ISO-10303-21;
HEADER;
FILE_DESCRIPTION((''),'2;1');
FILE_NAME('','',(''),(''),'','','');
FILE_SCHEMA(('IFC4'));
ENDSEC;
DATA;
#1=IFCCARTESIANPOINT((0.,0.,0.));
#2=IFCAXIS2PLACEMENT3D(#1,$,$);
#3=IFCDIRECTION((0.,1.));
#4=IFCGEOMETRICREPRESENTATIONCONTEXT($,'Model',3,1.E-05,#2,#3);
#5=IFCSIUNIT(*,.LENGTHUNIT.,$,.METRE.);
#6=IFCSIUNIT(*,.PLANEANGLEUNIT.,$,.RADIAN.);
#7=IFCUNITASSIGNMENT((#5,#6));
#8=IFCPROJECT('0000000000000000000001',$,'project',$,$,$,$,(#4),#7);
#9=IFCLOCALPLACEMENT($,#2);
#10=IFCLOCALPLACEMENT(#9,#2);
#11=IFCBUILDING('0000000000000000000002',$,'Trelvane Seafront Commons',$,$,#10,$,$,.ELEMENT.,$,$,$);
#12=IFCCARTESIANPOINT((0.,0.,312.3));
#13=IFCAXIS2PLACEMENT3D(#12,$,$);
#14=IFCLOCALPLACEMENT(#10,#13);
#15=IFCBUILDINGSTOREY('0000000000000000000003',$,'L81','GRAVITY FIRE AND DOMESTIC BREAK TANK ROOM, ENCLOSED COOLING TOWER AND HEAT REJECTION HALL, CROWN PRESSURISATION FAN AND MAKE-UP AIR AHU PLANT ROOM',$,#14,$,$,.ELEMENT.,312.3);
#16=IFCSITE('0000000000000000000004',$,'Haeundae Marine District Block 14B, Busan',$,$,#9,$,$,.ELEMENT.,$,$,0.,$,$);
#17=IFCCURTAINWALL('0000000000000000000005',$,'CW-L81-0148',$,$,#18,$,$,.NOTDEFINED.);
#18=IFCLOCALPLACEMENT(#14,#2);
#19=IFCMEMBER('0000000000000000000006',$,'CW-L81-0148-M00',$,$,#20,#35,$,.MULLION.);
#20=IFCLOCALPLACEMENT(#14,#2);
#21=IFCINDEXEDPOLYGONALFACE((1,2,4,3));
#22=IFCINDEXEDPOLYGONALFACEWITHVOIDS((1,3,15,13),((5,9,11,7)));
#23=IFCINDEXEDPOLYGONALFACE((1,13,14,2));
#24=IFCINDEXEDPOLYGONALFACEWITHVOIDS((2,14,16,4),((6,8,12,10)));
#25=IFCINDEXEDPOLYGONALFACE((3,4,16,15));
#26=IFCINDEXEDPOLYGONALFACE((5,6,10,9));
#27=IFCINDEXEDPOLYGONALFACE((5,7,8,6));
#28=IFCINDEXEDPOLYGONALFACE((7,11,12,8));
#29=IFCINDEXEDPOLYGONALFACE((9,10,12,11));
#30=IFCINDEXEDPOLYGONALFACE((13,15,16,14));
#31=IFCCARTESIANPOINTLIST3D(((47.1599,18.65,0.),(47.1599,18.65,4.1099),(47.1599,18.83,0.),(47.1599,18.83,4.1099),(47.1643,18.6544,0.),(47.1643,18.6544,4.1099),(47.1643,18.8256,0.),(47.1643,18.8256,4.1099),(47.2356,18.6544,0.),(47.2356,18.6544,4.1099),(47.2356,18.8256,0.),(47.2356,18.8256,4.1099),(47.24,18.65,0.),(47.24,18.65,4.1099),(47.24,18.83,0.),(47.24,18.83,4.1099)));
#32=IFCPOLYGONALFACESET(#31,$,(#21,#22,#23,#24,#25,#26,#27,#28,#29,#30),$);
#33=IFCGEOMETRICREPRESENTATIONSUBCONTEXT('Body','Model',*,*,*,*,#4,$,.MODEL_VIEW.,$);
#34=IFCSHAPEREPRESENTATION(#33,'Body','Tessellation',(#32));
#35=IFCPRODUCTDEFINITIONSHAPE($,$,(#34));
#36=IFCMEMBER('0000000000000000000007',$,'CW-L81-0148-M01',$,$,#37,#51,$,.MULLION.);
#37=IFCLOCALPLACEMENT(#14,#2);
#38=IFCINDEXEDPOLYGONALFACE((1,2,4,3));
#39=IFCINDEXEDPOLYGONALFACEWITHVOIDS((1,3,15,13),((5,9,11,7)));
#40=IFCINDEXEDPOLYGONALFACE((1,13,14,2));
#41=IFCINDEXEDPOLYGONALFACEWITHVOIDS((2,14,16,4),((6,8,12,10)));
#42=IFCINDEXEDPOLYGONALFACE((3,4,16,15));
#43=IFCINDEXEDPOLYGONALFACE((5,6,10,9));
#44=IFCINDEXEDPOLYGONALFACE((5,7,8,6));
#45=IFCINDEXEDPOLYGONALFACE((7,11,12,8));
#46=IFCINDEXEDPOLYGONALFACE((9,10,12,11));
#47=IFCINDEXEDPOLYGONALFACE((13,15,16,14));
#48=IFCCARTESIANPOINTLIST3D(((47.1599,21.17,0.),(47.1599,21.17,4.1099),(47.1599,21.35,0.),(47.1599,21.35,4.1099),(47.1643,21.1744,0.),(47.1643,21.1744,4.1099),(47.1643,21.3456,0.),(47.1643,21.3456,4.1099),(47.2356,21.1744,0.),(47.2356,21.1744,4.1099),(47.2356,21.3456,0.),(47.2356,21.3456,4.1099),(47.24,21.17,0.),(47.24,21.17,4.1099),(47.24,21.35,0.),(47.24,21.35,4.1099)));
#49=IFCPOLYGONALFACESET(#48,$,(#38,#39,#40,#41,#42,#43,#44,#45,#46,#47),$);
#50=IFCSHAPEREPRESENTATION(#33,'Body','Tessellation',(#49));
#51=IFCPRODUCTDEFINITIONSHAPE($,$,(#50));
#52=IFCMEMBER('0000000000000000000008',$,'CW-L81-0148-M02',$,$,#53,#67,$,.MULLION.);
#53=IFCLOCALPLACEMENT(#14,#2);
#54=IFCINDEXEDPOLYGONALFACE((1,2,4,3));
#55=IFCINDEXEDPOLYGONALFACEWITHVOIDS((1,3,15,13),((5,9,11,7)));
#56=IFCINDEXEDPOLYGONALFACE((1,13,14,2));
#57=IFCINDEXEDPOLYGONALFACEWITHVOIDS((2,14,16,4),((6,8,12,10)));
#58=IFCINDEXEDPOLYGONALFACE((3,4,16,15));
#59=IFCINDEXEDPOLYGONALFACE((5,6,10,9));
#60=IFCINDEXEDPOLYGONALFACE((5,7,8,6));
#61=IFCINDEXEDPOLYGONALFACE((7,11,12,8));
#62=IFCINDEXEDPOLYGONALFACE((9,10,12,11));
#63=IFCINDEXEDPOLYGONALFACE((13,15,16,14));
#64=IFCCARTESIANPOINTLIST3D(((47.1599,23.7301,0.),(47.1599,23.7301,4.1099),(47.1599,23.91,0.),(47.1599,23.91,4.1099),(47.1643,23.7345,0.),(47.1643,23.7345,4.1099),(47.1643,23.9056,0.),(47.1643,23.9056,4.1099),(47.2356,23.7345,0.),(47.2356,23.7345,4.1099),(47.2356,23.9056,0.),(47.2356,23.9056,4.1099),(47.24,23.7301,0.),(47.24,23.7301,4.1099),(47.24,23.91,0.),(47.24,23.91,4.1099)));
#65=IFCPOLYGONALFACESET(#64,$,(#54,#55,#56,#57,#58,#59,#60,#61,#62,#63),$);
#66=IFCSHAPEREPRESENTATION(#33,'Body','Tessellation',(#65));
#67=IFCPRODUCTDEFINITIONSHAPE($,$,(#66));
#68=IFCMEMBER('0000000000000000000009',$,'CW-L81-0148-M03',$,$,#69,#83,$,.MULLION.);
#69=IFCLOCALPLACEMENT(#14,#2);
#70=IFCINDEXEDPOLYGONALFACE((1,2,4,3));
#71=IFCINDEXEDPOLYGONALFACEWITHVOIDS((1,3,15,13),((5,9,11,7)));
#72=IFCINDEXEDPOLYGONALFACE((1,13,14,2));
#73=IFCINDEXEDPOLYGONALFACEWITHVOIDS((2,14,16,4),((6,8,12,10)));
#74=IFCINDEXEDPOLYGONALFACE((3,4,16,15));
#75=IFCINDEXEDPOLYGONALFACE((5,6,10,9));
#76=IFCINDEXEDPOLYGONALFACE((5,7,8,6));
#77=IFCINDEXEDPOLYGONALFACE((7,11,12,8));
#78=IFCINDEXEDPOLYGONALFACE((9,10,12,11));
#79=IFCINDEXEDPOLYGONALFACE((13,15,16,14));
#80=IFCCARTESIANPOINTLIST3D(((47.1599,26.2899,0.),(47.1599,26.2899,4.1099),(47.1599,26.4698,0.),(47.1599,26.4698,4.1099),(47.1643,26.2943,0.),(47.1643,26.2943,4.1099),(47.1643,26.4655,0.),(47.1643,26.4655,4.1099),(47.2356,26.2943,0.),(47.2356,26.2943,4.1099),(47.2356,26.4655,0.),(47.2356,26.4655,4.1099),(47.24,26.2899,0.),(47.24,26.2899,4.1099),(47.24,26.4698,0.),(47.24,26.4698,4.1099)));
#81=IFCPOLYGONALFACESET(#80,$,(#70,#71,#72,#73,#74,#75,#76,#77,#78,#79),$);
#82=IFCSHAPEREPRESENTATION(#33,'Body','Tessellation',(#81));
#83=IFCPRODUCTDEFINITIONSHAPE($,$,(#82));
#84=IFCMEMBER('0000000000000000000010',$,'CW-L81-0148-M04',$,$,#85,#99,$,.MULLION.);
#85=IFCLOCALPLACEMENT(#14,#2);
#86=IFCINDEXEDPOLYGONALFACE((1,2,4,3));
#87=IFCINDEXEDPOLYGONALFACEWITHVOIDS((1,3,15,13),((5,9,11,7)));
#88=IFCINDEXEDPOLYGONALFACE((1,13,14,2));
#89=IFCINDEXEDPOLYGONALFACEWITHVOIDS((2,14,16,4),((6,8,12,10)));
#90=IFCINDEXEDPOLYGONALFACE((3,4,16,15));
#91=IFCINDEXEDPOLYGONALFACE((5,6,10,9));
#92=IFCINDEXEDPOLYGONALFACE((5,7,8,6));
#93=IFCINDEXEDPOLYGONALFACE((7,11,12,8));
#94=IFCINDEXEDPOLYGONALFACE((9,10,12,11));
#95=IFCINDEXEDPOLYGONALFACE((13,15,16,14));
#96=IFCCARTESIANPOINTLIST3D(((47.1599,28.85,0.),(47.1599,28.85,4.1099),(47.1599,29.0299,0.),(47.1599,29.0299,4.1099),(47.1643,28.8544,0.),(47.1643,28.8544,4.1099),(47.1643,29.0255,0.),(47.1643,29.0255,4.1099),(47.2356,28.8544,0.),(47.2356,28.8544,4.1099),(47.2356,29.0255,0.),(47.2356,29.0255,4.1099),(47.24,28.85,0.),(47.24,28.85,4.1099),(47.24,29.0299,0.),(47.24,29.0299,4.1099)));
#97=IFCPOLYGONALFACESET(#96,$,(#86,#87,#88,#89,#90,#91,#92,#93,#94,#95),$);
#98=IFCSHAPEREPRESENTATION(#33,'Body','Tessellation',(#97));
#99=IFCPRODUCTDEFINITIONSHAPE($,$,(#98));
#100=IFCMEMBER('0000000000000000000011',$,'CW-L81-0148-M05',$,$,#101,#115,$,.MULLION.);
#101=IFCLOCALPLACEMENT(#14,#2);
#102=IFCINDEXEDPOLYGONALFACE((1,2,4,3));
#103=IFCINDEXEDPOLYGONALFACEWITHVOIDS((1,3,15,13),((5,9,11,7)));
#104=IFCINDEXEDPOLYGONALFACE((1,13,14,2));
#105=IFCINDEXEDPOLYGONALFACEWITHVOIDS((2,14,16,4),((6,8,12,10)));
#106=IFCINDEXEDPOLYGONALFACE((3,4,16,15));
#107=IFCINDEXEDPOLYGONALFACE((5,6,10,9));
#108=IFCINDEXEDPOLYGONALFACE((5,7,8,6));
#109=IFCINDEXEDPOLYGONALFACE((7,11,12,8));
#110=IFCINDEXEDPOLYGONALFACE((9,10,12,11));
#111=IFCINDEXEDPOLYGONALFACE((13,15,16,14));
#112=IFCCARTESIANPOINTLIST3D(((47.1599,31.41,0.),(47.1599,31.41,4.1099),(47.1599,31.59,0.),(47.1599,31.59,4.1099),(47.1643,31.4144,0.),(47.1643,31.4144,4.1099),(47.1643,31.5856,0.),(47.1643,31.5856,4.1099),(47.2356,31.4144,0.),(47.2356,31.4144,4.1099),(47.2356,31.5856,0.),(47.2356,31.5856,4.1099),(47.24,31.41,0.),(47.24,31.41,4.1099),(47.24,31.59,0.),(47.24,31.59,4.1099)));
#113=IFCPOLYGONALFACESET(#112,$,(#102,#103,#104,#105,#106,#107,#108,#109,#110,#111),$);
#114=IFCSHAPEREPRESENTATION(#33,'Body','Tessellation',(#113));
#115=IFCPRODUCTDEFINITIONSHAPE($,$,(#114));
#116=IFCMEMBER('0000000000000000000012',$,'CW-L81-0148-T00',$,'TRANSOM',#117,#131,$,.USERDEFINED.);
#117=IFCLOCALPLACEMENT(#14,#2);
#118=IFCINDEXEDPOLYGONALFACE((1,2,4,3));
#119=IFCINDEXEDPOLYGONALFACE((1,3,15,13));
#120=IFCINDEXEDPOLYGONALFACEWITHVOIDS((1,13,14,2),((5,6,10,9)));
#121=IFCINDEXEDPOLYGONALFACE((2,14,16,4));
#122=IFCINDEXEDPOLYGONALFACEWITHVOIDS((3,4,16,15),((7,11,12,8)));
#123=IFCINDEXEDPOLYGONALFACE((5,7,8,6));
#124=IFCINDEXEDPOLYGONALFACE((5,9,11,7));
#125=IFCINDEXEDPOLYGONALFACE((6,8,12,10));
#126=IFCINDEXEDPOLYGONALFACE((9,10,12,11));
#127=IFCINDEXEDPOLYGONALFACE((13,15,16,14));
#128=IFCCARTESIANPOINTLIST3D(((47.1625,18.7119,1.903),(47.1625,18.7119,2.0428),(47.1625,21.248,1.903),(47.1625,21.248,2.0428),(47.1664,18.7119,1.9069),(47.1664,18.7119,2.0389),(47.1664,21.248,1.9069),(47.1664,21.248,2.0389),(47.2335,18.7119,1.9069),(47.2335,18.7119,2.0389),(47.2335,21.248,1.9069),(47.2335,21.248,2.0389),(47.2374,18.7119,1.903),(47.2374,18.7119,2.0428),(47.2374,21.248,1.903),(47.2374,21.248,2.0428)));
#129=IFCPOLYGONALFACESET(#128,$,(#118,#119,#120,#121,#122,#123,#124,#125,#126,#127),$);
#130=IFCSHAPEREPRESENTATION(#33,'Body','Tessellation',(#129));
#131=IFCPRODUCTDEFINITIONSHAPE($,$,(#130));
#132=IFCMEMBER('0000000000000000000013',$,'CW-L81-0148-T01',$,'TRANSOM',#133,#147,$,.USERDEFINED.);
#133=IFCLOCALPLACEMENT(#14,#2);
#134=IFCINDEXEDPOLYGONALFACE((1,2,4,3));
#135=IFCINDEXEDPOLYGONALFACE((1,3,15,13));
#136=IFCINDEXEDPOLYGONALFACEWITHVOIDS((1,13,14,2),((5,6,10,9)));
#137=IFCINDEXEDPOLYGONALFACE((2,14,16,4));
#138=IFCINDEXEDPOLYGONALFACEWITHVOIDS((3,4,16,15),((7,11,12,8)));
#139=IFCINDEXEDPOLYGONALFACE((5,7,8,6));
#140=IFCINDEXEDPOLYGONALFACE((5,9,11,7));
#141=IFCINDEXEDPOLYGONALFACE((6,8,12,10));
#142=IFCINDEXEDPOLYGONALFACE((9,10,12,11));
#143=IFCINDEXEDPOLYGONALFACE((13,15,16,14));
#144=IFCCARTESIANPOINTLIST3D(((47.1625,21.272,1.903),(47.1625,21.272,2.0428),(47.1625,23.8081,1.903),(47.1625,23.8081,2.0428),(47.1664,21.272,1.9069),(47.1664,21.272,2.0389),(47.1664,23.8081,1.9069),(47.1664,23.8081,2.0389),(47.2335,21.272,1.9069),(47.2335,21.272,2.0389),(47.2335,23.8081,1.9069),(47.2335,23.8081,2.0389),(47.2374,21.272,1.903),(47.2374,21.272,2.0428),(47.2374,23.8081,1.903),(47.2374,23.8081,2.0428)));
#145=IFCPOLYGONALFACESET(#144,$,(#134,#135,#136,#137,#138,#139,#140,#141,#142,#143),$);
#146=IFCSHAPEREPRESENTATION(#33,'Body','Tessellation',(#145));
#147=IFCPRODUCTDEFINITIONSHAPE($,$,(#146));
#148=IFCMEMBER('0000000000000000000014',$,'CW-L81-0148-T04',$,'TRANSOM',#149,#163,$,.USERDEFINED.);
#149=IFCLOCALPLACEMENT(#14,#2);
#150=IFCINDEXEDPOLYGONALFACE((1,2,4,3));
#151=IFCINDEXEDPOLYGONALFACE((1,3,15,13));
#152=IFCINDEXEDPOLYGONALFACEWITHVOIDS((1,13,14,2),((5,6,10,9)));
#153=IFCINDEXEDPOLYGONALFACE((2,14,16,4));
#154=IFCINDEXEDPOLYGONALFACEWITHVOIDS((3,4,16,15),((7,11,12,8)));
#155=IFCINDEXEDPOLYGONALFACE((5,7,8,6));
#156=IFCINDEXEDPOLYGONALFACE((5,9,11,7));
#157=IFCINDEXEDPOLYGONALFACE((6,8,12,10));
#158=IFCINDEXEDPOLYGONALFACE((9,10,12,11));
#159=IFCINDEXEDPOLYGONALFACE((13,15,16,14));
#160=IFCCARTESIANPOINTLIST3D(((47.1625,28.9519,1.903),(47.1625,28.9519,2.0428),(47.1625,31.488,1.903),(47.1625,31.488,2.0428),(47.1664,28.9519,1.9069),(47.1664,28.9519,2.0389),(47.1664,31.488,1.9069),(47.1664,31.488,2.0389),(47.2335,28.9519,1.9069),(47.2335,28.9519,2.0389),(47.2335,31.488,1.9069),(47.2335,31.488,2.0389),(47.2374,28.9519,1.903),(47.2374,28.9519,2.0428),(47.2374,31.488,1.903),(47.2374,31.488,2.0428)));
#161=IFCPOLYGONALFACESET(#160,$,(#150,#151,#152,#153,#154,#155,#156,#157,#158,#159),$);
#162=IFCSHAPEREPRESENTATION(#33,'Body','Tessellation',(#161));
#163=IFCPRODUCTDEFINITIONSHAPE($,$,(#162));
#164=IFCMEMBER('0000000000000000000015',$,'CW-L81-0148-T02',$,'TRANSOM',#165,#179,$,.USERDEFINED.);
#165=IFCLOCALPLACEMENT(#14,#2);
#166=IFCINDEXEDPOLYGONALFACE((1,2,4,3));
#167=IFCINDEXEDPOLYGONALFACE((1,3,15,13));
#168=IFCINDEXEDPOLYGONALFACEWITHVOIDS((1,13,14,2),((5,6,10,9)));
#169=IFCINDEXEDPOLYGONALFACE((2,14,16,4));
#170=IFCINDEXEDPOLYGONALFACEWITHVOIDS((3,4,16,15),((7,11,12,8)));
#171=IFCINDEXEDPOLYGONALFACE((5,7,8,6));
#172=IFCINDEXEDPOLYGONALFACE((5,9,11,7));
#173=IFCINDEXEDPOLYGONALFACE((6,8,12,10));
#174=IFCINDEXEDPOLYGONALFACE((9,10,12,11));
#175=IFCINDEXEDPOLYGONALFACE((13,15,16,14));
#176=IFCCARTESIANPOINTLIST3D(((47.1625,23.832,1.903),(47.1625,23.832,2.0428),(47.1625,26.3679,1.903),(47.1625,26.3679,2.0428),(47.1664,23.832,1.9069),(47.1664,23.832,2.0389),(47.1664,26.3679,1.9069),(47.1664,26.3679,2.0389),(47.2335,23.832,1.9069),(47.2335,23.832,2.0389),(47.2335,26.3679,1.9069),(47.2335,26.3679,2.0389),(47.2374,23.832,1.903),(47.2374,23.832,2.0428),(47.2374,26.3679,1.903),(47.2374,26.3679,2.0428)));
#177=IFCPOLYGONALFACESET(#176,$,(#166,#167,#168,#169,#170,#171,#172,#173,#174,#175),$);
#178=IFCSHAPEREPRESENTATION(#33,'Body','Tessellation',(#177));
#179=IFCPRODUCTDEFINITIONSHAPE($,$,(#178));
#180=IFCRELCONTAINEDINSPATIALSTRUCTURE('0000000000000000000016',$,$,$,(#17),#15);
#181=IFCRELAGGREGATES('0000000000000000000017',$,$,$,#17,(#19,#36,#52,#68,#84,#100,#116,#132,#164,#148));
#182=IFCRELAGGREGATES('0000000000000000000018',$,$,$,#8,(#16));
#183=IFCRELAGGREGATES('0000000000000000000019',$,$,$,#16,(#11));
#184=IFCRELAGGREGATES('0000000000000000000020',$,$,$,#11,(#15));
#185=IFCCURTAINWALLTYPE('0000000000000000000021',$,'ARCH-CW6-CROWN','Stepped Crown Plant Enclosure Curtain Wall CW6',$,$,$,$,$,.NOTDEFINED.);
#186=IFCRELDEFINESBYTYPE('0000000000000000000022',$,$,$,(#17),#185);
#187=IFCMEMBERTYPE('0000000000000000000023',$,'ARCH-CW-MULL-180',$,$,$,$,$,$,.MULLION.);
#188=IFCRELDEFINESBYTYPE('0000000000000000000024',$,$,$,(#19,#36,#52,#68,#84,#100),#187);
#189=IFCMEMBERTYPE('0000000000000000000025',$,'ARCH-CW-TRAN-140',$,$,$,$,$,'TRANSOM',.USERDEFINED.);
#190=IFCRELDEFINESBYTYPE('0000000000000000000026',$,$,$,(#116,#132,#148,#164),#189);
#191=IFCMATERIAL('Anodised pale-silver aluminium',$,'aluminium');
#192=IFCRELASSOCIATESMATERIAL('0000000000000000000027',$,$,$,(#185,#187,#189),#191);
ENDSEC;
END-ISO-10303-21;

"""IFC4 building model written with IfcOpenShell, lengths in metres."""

from ifc_helpers import new_model, si_unit, direction, frame, origin, origin_2d, place, context, subcontext, project, spatial, hollow_rectangle, extrude, source, transform, mapped, material, material_profile, profile_set, type_object, element, aggregate, save


model = new_model("IFC4")

# Units and contexts
model_context = context("Model", 3, precision=1e-05, world=origin(), true_north=direction((0.0, 1.0)))
body_context = subcontext(model_context, "Body", "Model", "MODEL_VIEW")
ifc_project = project(units=[si_unit("LENGTHUNIT", "METRE"), si_unit("PLANEANGLEUNIT", "RADIAN")], contexts=[model_context])

# Site, building, storey
site_placement = place(None, origin())
site = spatial("IfcSite", under=ifc_project, at=site_placement, Name="Haeundae Marine District Block 14B, Busan", CompositionType="ELEMENT", RefElevation=0.0)
building_placement = place(site_placement, origin())
building = spatial("IfcBuilding", under=site, at=building_placement, Name="Trelvane Seafront Commons", CompositionType="ELEMENT")
storey_placement = place(building_placement, frame((0.0, 0.0, 312.3)))
storey = spatial("IfcBuildingStorey", under=building, at=storey_placement, Name="L81", Description="GRAVITY FIRE AND DOMESTIC BREAK TANK ROOM, ENCLOSED COOLING TOWER AND HEAT REJECTION HALL, CROWN PRESSURISATION FAN AND MAKE-UP AIR AHU PLANT ROOM", CompositionType="ELEMENT", Elevation=312.3)

# Curtain wall, members
ifc_material_1 = material(Name="Anodised pale-silver aluminium", Category="aluminium")
curtain_wall_type = type_object("IfcCurtainWallType", Name="ARCH-CW6-CROWN", Description="Stepped Crown Plant Enclosure Curtain Wall CW6", PredefinedType="NOTDEFINED", material=ifc_material_1)
curtain_wall_placement = place(storey_placement, origin())
curtain_wall = element("IfcCurtainWall", 1, at=curtain_wall_placement, inside=storey, type_object=curtain_wall_type, Name="CW-L81-0148", PredefinedType="NOTDEFINED")
ifc_material_profile_1 = material_profile(ifc_material_1, hollow_rectangle(XDim=0.0801, YDim=0.1799, WallThickness=0.0044, at=origin_2d()), Name="MULL-80x180x4.5")
ifc_profile_set_1 = profile_set([ifc_material_profile_1], Name="Anodised pale-silver aluminium")
member_type_1 = type_object("IfcMemberType", Name="ARCH-CW-MULL-180", PredefinedType="MULLION", material=ifc_profile_set_1)
shared_shape_1 = source(origin(), body_context, "Body", "SweptSolid", [
    extrude(hollow_rectangle(XDim=0.0801, YDim=0.1799, WallThickness=0.0044, at=origin_2d()), origin(), (0.0, 0.0, 1.0), 4.1099),
])
member_1_placement = place(storey_placement, frame((47.2, 18.74, 0.0), z_axis=(0.0, 0.0, 1.0), x_axis=(1.0, 0.0, 0.0)))
member_1 = element("IfcMember", 2, at=member_1_placement, type_object=member_type_1, Name="CW-L81-0148-M00", PredefinedType="MULLION", context=body_context, shape_type="MappedRepresentation", body=[
    mapped(shared_shape_1, transform((0.0, 0.0, 0.0), x_axis=(1.0, 0.0, 0.0), y_axis=(0.0, 1.0, 0.0), z_axis=(0.0, 0.0, 1.0), scale=1.0)),
])
member_2_placement = place(storey_placement, frame((47.2, 21.26, 0.0), z_axis=(0.0, 0.0, 1.0), x_axis=(1.0, 0.0, 0.0)))
member_2 = element("IfcMember", 3, at=member_2_placement, type_object=member_type_1, Name="CW-L81-0148-M01", PredefinedType="MULLION", context=body_context, shape_type="MappedRepresentation", body=[
    mapped(shared_shape_1, transform((0.0, 0.0, 0.0), x_axis=(1.0, 0.0, 0.0), y_axis=(0.0, 1.0, 0.0), z_axis=(0.0, 0.0, 1.0), scale=1.0)),
])
member_3_placement = place(storey_placement, frame((47.2, 23.8201, 0.0), z_axis=(0.0, 0.0, 1.0), x_axis=(1.0, 0.0, 0.0)))
member_3 = element("IfcMember", 4, at=member_3_placement, type_object=member_type_1, Name="CW-L81-0148-M02", PredefinedType="MULLION", context=body_context, shape_type="MappedRepresentation", body=[
    mapped(shared_shape_1, transform((0.0, 0.0, 0.0), x_axis=(1.0, 0.0, 0.0), y_axis=(0.0, 1.0, 0.0), z_axis=(0.0, 0.0, 1.0), scale=1.0)),
])
member_4_placement = place(storey_placement, frame((47.2, 26.3799, 0.0), z_axis=(0.0, 0.0, 1.0), x_axis=(1.0, 0.0, 0.0)))
member_4 = element("IfcMember", 5, at=member_4_placement, type_object=member_type_1, Name="CW-L81-0148-M03", PredefinedType="MULLION", context=body_context, shape_type="MappedRepresentation", body=[
    mapped(shared_shape_1, transform((0.0, 0.0, 0.0), x_axis=(1.0, 0.0, 0.0), y_axis=(0.0, 1.0, 0.0), z_axis=(0.0, 0.0, 1.0), scale=1.0)),
])
member_5_placement = place(storey_placement, frame((47.2, 28.9399, 0.0), z_axis=(0.0, 0.0, 1.0), x_axis=(1.0, 0.0, 0.0)))
member_5 = element("IfcMember", 6, at=member_5_placement, type_object=member_type_1, Name="CW-L81-0148-M04", PredefinedType="MULLION", context=body_context, shape_type="MappedRepresentation", body=[
    mapped(shared_shape_1, transform((0.0, 0.0, 0.0), x_axis=(1.0, 0.0, 0.0), y_axis=(0.0, 1.0, 0.0), z_axis=(0.0, 0.0, 1.0), scale=1.0)),
])
member_6_placement = place(storey_placement, frame((47.2, 31.5, 0.0), z_axis=(0.0, 0.0, 1.0), x_axis=(1.0, 0.0, 0.0)))
member_6 = element("IfcMember", 7, at=member_6_placement, type_object=member_type_1, Name="CW-L81-0148-M05", PredefinedType="MULLION", context=body_context, shape_type="MappedRepresentation", body=[
    mapped(shared_shape_1, transform((0.0, 0.0, 0.0), x_axis=(1.0, 0.0, 0.0), y_axis=(0.0, 1.0, 0.0), z_axis=(0.0, 0.0, 1.0), scale=1.0)),
])
ifc_material_profile_2 = material_profile(ifc_material_1, hollow_rectangle(XDim=0.075, YDim=0.1399, WallThickness=0.0039, at=origin_2d()), Name="TRAN-75x140x4")
ifc_profile_set_2 = profile_set([ifc_material_profile_2], Name="Anodised pale-silver aluminium")
member_type_2 = type_object("IfcMemberType", Name="ARCH-CW-TRAN-140", ElementType="TRANSOM", PredefinedType="USERDEFINED", material=ifc_profile_set_2)
shared_shape_2 = source(origin(), body_context, "Body", "SweptSolid", [
    extrude(hollow_rectangle(XDim=0.075, YDim=0.1399, WallThickness=0.0039, at=origin_2d()), origin(), (0.0, 0.0, 1.0), 2.5361),
])
member_7_placement = place(storey_placement, frame((47.2, 18.7119, 1.9729), z_axis=(0.0, 1.0, 0.0), x_axis=(-1.0, 0.0, 0.0)))
member_7 = element("IfcMember", 8, at=member_7_placement, type_object=member_type_2, Name="CW-L81-0148-T00", ObjectType="TRANSOM", PredefinedType="USERDEFINED", context=body_context, shape_type="MappedRepresentation", body=[
    mapped(shared_shape_2, transform((0.0, 0.0, 0.0), x_axis=(1.0, 0.0, 0.0), y_axis=(0.0, 1.0, 0.0), z_axis=(0.0, 0.0, 1.0), scale=1.0)),
])
member_8_placement = place(storey_placement, frame((47.2, 21.272, 1.9729), z_axis=(0.0, 1.0, 0.0), x_axis=(-1.0, 0.0, 0.0)))
member_8 = element("IfcMember", 9, at=member_8_placement, type_object=member_type_2, Name="CW-L81-0148-T01", ObjectType="TRANSOM", PredefinedType="USERDEFINED", context=body_context, shape_type="MappedRepresentation", body=[
    mapped(shared_shape_2, transform((0.0, 0.0, 0.0), x_axis=(1.0, 0.0, 0.0), y_axis=(0.0, 1.0, 0.0), z_axis=(0.0, 0.0, 1.0), scale=1.0)),
])
member_9_placement = place(storey_placement, frame((47.2, 28.9519, 1.9729), z_axis=(0.0, 1.0, 0.0), x_axis=(-1.0, 0.0, 0.0)))
member_9 = element("IfcMember", 10, at=member_9_placement, type_object=member_type_2, Name="CW-L81-0148-T04", ObjectType="TRANSOM", PredefinedType="USERDEFINED", context=body_context, shape_type="MappedRepresentation", body=[
    mapped(shared_shape_2, transform((0.0, 0.0, 0.0), x_axis=(1.0, 0.0, 0.0), y_axis=(0.0, 1.0, 0.0), z_axis=(0.0, 0.0, 1.0), scale=1.0)),
])
shared_shape_3 = source(origin(), body_context, "Body", "SweptSolid", [
    extrude(hollow_rectangle(XDim=0.075, YDim=0.1399, WallThickness=0.0039, at=origin_2d()), origin(), (0.0, 0.0, 1.0), 2.5359),
])
member_10_placement = place(storey_placement, frame((47.2, 23.832, 1.9729), z_axis=(0.0, 1.0, 0.0), x_axis=(-1.0, 0.0, 0.0)))
member_10 = element("IfcMember", 11, at=member_10_placement, type_object=member_type_2, Name="CW-L81-0148-T02", ObjectType="TRANSOM", PredefinedType="USERDEFINED", context=body_context, shape_type="MappedRepresentation", body=[
    mapped(shared_shape_3, transform((0.0, 0.0, 0.0), x_axis=(1.0, 0.0, 0.0), y_axis=(0.0, 1.0, 0.0), z_axis=(0.0, 0.0, 1.0), scale=1.0)),
])
aggregate(curtain_wall, [member_1, member_2, member_3, member_4, member_5, member_6, member_7, member_8, member_10, member_9])

save(model, "model.ifc")
